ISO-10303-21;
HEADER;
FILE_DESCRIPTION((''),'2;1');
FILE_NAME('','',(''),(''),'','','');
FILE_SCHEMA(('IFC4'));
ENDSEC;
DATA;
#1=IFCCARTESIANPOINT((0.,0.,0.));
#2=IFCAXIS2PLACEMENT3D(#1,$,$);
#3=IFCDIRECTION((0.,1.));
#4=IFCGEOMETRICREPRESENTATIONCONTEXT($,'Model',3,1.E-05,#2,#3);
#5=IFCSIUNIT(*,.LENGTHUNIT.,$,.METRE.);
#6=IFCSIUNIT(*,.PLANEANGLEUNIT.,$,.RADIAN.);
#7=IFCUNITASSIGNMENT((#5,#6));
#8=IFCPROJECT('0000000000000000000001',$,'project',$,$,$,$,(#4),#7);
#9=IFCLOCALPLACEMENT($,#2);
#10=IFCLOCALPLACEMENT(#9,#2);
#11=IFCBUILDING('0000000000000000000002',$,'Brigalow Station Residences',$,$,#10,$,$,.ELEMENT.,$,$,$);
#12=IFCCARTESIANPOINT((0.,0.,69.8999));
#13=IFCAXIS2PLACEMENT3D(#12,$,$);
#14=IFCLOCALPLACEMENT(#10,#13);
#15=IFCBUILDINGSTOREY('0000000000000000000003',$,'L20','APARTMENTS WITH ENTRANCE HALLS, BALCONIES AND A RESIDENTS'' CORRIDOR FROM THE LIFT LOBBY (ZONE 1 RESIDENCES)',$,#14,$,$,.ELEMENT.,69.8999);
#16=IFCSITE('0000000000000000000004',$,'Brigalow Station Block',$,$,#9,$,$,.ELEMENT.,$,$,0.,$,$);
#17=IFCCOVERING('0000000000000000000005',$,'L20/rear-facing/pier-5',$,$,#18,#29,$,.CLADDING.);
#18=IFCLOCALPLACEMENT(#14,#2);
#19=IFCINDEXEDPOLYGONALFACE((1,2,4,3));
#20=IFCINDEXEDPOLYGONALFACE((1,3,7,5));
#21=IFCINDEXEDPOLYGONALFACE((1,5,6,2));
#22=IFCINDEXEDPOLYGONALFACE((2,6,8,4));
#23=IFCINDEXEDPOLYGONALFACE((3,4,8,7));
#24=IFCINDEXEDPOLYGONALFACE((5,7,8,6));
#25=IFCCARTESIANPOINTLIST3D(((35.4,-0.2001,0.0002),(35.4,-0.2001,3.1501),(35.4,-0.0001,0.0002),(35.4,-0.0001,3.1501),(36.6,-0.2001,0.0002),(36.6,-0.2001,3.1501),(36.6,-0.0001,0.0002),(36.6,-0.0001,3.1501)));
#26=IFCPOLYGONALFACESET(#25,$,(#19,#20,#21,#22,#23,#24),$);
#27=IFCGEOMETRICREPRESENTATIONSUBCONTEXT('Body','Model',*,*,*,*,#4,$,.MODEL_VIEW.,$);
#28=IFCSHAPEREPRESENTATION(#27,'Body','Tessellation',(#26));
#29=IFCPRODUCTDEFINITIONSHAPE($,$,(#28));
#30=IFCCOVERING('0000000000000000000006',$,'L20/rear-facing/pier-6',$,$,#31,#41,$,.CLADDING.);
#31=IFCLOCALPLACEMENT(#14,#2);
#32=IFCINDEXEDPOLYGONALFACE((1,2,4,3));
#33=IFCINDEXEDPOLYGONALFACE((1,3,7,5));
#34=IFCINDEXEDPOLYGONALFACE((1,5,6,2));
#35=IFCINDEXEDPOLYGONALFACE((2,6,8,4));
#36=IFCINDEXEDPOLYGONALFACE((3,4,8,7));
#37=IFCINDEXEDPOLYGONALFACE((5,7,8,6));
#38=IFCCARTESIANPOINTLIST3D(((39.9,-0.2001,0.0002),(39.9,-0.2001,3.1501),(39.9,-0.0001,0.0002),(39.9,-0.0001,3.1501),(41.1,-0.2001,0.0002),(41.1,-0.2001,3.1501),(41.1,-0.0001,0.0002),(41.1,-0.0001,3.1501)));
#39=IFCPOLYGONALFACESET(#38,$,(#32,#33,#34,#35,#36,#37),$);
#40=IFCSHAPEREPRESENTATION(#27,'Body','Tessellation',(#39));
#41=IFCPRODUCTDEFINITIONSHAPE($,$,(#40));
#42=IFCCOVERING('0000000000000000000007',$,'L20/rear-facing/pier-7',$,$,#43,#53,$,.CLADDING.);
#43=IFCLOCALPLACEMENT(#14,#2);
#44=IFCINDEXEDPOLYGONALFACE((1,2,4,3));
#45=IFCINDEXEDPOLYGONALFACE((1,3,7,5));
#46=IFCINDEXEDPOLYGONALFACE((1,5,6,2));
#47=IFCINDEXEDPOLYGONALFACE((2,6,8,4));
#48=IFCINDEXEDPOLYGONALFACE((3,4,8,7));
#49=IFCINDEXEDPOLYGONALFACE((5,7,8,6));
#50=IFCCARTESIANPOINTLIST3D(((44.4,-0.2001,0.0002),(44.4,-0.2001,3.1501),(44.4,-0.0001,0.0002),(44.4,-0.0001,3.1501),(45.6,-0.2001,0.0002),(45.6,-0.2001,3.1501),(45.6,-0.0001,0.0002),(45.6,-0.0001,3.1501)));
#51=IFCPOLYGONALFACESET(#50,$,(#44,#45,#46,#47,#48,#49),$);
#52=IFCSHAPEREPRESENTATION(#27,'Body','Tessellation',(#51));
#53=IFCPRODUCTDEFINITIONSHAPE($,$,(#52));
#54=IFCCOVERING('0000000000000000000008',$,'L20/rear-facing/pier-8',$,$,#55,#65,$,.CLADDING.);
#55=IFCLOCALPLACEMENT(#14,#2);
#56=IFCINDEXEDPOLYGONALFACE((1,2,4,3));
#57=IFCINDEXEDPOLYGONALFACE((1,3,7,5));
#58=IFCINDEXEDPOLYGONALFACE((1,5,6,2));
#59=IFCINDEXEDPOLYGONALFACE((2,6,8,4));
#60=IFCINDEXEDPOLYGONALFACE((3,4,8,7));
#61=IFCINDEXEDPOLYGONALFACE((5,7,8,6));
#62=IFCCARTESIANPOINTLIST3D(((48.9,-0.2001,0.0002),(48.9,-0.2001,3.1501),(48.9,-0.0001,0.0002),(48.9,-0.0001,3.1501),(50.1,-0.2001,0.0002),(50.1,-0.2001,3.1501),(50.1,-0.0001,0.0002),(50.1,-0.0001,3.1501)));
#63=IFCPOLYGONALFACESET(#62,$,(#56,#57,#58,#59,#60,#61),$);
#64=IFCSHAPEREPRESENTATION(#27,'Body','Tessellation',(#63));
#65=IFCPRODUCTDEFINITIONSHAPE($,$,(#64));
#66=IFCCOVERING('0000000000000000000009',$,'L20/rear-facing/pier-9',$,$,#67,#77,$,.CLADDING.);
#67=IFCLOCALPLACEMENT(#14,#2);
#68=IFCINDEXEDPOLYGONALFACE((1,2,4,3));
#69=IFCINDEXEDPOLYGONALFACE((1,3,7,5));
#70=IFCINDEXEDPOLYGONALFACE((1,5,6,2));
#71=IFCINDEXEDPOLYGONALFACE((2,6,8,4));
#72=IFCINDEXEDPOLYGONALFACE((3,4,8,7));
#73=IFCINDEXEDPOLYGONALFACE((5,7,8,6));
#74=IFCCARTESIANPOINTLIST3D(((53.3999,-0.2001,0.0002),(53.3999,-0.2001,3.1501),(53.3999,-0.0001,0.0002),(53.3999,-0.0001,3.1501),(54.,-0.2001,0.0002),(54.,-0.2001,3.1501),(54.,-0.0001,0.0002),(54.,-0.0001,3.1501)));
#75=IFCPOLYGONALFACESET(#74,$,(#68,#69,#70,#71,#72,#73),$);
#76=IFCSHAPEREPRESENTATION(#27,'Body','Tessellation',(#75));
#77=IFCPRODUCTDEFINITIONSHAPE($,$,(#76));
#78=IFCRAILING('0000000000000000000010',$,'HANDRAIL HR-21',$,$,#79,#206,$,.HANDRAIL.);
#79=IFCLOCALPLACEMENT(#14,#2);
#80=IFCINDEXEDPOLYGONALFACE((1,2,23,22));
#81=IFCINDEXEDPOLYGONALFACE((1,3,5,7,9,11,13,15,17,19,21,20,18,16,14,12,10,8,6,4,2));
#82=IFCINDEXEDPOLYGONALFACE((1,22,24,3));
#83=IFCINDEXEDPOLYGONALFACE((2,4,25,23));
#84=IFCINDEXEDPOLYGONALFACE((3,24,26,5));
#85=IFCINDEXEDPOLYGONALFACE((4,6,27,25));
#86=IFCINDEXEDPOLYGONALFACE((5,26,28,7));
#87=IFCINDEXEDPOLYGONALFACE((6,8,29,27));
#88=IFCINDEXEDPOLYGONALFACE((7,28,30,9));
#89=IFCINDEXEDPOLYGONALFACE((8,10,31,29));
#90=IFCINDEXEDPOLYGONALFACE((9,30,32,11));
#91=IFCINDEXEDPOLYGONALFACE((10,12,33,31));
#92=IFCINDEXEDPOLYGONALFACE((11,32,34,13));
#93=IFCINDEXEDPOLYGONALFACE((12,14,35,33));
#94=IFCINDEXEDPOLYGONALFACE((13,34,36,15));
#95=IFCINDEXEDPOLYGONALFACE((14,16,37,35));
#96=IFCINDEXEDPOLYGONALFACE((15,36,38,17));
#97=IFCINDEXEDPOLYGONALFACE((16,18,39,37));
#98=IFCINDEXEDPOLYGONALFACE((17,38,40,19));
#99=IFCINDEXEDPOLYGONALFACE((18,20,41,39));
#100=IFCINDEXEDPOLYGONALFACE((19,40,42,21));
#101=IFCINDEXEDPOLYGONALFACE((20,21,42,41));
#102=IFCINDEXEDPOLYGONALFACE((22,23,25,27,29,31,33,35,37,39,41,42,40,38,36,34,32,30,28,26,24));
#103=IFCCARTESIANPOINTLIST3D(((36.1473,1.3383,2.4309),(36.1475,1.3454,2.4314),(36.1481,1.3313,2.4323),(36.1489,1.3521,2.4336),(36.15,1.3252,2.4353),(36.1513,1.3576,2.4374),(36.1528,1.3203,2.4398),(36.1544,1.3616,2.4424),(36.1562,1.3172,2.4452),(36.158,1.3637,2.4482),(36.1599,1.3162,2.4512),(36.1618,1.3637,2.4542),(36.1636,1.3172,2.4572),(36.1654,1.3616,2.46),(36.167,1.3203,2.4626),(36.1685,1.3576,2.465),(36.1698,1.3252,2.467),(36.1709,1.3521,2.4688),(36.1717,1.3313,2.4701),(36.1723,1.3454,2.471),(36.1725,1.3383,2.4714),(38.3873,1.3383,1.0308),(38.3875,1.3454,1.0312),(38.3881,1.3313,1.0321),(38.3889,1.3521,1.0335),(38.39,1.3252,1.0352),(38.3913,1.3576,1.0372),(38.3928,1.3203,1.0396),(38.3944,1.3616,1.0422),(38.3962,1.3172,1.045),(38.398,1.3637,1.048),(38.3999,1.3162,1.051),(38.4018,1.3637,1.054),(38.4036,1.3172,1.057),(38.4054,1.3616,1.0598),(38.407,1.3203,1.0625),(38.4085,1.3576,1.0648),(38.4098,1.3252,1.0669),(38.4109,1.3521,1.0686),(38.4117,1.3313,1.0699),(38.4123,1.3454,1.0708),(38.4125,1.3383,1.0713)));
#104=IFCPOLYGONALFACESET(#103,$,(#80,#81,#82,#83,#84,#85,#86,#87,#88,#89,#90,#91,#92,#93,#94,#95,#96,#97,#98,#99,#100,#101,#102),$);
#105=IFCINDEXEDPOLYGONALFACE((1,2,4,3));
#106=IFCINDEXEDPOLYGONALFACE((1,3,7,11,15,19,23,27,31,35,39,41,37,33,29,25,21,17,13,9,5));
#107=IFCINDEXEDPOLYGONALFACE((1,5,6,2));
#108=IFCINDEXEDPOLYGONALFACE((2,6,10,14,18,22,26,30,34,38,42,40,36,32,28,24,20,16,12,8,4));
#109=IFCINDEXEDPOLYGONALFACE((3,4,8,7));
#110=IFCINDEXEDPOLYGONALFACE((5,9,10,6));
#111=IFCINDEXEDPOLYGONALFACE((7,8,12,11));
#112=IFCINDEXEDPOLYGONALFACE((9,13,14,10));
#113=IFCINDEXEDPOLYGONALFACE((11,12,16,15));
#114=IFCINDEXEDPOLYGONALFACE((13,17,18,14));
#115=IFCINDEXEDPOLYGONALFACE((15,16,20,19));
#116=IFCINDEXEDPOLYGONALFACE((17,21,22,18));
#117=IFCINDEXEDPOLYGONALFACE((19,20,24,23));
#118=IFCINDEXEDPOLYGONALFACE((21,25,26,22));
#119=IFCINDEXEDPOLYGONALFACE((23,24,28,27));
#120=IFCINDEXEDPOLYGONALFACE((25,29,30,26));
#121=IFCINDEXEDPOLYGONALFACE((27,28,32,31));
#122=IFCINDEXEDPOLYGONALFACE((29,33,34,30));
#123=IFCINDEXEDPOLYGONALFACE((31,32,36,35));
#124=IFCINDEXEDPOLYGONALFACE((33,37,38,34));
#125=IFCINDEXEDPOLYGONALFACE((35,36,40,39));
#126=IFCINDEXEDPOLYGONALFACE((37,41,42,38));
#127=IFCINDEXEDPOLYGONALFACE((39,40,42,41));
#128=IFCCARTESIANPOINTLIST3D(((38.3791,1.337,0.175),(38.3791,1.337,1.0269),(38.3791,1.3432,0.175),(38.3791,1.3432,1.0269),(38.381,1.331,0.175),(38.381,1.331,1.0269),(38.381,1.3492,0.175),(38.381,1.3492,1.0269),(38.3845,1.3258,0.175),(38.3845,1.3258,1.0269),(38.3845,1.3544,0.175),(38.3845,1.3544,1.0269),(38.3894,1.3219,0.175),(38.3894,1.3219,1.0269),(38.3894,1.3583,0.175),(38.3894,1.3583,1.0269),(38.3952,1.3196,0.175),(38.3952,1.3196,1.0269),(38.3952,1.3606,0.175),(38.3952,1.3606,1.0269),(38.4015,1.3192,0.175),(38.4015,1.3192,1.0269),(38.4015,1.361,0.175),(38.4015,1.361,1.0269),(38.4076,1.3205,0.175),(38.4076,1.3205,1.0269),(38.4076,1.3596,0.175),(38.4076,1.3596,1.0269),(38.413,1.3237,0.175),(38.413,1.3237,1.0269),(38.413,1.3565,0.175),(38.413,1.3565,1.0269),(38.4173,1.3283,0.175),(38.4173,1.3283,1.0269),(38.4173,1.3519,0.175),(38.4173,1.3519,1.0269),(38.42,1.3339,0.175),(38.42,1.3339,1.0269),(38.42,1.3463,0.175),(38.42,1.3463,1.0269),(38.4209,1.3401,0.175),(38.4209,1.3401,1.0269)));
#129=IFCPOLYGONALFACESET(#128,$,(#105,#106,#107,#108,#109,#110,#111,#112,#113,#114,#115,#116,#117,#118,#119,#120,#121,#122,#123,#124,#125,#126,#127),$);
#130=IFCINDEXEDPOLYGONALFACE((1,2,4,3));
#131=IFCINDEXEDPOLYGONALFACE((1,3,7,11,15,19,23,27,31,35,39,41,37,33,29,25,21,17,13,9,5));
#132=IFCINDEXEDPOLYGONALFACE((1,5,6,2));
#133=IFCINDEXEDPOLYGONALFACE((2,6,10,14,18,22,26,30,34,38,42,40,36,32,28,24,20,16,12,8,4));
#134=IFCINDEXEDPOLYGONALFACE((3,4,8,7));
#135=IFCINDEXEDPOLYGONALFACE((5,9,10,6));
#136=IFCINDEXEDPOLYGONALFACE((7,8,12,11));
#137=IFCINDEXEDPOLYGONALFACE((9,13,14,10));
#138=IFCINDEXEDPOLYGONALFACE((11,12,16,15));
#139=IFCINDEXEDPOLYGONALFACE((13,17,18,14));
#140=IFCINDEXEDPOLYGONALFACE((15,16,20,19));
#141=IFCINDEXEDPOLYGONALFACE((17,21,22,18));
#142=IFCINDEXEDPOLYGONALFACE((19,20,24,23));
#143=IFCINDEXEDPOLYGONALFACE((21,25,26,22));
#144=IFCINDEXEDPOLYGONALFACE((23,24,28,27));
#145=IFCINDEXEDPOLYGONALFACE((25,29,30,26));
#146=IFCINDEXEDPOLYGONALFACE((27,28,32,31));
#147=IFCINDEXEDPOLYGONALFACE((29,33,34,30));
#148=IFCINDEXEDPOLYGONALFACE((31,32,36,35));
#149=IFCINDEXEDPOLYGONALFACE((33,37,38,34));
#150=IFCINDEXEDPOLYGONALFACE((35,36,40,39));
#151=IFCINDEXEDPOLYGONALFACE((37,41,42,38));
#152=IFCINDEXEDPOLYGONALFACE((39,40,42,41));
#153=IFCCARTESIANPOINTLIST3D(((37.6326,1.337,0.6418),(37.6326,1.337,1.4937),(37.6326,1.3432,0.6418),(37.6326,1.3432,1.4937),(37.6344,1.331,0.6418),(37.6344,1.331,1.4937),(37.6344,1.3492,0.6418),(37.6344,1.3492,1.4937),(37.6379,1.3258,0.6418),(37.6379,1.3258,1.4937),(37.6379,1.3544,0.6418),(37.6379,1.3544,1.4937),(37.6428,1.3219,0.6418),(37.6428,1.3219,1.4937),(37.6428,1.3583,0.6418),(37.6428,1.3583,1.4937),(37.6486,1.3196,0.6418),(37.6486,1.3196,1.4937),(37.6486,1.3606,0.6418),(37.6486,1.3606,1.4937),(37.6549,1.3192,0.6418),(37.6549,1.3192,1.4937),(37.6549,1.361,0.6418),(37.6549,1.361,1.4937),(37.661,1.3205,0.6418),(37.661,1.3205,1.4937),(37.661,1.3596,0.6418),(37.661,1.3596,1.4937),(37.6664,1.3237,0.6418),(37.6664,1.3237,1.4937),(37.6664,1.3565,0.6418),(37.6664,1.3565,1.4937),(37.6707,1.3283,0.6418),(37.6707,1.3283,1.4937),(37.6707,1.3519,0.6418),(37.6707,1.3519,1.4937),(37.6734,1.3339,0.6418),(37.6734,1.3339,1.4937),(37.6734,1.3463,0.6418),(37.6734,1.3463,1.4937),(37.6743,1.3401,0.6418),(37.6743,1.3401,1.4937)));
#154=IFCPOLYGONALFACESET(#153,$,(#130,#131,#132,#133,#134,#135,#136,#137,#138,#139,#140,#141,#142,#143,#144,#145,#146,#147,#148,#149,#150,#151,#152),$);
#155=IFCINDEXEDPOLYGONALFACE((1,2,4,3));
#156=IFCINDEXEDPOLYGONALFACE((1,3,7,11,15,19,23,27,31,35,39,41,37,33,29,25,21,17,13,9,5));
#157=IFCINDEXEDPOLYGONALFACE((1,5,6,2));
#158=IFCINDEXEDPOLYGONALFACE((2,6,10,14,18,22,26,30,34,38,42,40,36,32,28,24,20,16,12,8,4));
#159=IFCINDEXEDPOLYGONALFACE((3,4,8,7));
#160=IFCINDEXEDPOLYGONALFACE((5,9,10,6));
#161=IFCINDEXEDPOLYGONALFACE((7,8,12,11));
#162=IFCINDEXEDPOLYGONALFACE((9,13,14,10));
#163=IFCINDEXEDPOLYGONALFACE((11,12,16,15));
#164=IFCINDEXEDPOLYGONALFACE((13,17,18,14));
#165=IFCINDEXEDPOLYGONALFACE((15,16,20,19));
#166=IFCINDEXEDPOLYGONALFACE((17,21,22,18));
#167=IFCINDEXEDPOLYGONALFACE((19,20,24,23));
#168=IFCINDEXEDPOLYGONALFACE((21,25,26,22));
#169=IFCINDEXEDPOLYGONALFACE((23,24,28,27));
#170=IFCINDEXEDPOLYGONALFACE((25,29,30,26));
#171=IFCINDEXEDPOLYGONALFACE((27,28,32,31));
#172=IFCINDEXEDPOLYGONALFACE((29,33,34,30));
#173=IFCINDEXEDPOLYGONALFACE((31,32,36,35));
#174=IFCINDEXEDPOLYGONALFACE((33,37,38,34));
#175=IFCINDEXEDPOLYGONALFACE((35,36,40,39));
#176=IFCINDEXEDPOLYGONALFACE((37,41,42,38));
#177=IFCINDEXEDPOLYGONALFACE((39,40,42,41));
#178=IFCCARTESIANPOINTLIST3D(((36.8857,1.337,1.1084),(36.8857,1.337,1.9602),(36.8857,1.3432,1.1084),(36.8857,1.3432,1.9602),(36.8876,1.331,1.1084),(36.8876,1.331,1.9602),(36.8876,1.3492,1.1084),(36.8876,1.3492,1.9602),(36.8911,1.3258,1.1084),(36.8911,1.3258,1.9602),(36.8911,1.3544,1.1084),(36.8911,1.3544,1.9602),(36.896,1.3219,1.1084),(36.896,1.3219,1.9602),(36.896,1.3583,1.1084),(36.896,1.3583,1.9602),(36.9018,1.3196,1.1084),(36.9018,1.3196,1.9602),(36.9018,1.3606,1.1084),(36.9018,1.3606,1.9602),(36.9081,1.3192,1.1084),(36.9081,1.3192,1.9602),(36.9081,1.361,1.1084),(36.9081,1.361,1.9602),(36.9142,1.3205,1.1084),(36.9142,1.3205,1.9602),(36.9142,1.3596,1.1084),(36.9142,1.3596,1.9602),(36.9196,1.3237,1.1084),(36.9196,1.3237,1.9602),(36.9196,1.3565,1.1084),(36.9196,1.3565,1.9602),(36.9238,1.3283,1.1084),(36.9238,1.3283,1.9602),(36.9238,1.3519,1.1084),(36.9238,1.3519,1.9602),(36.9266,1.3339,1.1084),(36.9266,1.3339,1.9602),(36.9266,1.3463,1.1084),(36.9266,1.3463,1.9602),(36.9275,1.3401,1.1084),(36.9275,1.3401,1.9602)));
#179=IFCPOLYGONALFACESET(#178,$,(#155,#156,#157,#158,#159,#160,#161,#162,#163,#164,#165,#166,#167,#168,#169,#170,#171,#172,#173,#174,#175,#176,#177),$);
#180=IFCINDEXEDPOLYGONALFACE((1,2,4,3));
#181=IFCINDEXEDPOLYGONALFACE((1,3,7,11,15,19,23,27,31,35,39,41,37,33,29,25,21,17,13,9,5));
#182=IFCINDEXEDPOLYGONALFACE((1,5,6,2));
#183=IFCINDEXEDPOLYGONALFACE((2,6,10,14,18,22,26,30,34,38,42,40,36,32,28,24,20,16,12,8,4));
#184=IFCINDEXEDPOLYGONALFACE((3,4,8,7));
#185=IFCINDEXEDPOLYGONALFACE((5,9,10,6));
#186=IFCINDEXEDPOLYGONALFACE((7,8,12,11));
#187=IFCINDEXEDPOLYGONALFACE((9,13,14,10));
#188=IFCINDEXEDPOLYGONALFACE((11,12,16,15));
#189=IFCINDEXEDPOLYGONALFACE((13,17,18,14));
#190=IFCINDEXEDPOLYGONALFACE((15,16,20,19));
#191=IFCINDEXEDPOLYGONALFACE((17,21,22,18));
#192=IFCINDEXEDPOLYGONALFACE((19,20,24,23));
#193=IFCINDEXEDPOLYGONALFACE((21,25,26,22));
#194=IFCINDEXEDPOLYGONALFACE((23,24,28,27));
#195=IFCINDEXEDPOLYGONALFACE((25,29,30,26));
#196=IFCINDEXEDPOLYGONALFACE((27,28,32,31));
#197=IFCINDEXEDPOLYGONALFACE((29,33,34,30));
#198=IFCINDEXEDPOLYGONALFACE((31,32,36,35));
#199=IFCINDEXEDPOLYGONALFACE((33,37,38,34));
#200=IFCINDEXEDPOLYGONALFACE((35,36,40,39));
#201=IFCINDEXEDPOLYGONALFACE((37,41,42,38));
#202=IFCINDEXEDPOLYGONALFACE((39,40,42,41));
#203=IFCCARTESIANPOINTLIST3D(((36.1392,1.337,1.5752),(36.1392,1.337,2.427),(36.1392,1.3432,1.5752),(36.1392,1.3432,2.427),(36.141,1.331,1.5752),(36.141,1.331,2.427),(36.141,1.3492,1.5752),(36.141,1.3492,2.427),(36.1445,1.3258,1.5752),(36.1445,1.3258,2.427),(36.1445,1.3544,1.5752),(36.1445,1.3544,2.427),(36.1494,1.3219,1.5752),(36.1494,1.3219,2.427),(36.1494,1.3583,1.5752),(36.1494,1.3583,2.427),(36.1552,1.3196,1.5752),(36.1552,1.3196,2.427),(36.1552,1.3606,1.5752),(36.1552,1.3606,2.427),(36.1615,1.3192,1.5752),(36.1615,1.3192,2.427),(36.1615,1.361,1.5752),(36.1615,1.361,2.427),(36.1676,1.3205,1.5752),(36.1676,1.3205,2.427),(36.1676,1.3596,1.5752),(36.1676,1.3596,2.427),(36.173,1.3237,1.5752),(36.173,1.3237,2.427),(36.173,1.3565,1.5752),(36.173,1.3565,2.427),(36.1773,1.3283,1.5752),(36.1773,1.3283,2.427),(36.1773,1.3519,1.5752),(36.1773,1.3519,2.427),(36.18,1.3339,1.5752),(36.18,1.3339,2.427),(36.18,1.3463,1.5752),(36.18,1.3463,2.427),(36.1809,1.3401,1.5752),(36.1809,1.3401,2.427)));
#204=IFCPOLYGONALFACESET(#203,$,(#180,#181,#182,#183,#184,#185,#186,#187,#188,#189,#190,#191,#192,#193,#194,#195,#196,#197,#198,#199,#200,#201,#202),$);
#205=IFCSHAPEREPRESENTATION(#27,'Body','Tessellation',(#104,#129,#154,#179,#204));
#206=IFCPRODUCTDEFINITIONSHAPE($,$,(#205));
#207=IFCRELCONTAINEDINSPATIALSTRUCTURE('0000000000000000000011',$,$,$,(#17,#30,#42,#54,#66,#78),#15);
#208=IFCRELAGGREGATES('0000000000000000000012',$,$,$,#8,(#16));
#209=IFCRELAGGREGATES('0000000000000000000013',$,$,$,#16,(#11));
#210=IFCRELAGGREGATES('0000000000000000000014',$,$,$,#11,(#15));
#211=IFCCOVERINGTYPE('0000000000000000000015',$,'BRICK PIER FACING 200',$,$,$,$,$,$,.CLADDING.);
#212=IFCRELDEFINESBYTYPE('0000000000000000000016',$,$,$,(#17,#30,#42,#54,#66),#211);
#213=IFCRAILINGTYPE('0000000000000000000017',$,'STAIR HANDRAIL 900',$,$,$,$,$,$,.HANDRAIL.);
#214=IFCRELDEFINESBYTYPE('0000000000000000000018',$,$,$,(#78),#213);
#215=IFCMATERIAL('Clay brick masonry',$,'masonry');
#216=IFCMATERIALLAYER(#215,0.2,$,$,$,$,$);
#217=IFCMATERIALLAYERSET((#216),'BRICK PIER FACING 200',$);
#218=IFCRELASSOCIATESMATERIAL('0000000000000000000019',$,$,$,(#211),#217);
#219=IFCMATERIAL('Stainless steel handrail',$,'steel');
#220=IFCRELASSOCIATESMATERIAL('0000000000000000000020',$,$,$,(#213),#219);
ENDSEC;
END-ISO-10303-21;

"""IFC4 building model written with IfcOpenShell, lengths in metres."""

from ifc_helpers import new_model, si_unit, direction, frame, origin, origin_2d, place, context, subcontext, project, spatial, rectangle, circle, extrude, material, layer, layer_set, type_object, element, save


model = new_model("IFC4")

# Units and contexts
model_context = context("Model", 3, precision=1e-05, world=origin(), true_north=direction((0.0, 1.0)))
body_context = subcontext(model_context, "Body", "Model", "MODEL_VIEW")
ifc_project = project(units=[si_unit("LENGTHUNIT", "METRE"), si_unit("PLANEANGLEUNIT", "RADIAN")], contexts=[model_context])

# Site, building, storey
site_placement = place(None, origin())
site = spatial("IfcSite", under=ifc_project, at=site_placement, Name="Brigalow Station Block", CompositionType="ELEMENT", RefElevation=0.0)
building_placement = place(site_placement, origin())
building = spatial("IfcBuilding", under=site, at=building_placement, Name="Brigalow Station Residences", CompositionType="ELEMENT")
storey_placement = place(building_placement, frame((0.0, 0.0, 69.8999)))
storey = spatial("IfcBuildingStorey", under=building, at=storey_placement, Name="L20", Description="APARTMENTS WITH ENTRANCE HALLS, BALCONIES AND A RESIDENTS' CORRIDOR FROM THE LIFT LOBBY (ZONE 1 RESIDENCES)", CompositionType="ELEMENT", Elevation=69.8999)

# Coverings
ifc_material_1 = material(Name="Clay brick masonry", Category="masonry")
ifc_layer_1 = layer(ifc_material_1, 0.2)
ifc_layer_set_1 = layer_set([ifc_layer_1], Name="BRICK PIER FACING 200")
covering_type_1 = type_object("IfcCoveringType", Name="BRICK PIER FACING 200", PredefinedType="CLADDING", material=ifc_layer_set_1)
for number, where, z_axis, x_axis, name in (
    (1, (36.0, -0.1001, 0.0002), (0.0, 0.0, 1.0), (1.0, 0.0, 0.0), "L20/rear-facing/pier-5"),
    (2, (40.5, -0.1001, 0.0002), (0.0, 0.0, 1.0), (1.0, 0.0, 0.0), "L20/rear-facing/pier-6"),
    (3, (45.0, -0.1001, 0.0002), (0.0, 0.0, 1.0), (1.0, 0.0, 0.0), "L20/rear-facing/pier-7"),
    (4, (49.5, -0.1001, 0.0002), (0.0, 0.0, 1.0), (1.0, 0.0, 0.0), "L20/rear-facing/pier-8"),
):
    element("IfcCovering", number, at=place(storey_placement, frame(where, z_axis=z_axis, x_axis=x_axis)), inside=storey, type_object=covering_type_1, Name=name, PredefinedType="CLADDING", context=body_context, shape_type="SweptSolid", body=[
        extrude(rectangle(XDim=1.2, YDim=0.2, at=origin_2d()), origin(), (0.0, 0.0, 1.0), 3.1499),
    ])
covering_placement = place(storey_placement, frame((53.7, -0.1001, 0.0002), z_axis=(0.0, 0.0, 1.0), x_axis=(1.0, 0.0, 0.0)))
element("IfcCovering", 5, at=covering_placement, inside=storey, type_object=covering_type_1, Name="L20/rear-facing/pier-9", PredefinedType="CLADDING", context=body_context, shape_type="SweptSolid", body=[
    extrude(rectangle(XDim=0.6001, YDim=0.2, at=origin_2d()), origin(), (0.0, 0.0, 1.0), 3.1499),
])

# Railing
ifc_material_2 = material(Name="Stainless steel handrail", Category="steel")
railing_type_1 = type_object("IfcRailingType", Name="STAIR HANDRAIL 900", PredefinedType="HANDRAIL", material=ifc_material_2)
railing_1_placement = place(storey_placement, frame((38.3999, 1.3401, 0.175)))
element("IfcRailing", 6, at=railing_1_placement, inside=storey, type_object=railing_type_1, Name="HANDRAIL HR-21", PredefinedType="HANDRAIL", context=body_context, shape_type="SweptSolid", body=[
    extrude(circle(Radius=0.0239, at=origin_2d()), frame((0.0, 0.0, 0.876), z_axis=(-0.847972, 0.0, 0.53004), x_axis=(0.0, -1.0, 0.0)), (0.0, 0.0, 1.0), 2.6416),
    extrude(circle(Radius=0.021, at=origin_2d()), origin(), (0.0, 0.0, 1.0), 0.8518),
    extrude(circle(Radius=0.021, at=origin_2d()), frame((-0.7466, 0.0, 0.4668)), (0.0, 0.0, 1.0), 0.8518),
    extrude(circle(Radius=0.021, at=origin_2d()), frame((-1.4934, 0.0, 0.9333)), (0.0, 0.0, 1.0), 0.8518),
    extrude(circle(Radius=0.021, at=origin_2d()), frame((-2.24, 0.0, 1.4001)), (0.0, 0.0, 1.0), 0.8518),
])

save(model, "model.ifc")
